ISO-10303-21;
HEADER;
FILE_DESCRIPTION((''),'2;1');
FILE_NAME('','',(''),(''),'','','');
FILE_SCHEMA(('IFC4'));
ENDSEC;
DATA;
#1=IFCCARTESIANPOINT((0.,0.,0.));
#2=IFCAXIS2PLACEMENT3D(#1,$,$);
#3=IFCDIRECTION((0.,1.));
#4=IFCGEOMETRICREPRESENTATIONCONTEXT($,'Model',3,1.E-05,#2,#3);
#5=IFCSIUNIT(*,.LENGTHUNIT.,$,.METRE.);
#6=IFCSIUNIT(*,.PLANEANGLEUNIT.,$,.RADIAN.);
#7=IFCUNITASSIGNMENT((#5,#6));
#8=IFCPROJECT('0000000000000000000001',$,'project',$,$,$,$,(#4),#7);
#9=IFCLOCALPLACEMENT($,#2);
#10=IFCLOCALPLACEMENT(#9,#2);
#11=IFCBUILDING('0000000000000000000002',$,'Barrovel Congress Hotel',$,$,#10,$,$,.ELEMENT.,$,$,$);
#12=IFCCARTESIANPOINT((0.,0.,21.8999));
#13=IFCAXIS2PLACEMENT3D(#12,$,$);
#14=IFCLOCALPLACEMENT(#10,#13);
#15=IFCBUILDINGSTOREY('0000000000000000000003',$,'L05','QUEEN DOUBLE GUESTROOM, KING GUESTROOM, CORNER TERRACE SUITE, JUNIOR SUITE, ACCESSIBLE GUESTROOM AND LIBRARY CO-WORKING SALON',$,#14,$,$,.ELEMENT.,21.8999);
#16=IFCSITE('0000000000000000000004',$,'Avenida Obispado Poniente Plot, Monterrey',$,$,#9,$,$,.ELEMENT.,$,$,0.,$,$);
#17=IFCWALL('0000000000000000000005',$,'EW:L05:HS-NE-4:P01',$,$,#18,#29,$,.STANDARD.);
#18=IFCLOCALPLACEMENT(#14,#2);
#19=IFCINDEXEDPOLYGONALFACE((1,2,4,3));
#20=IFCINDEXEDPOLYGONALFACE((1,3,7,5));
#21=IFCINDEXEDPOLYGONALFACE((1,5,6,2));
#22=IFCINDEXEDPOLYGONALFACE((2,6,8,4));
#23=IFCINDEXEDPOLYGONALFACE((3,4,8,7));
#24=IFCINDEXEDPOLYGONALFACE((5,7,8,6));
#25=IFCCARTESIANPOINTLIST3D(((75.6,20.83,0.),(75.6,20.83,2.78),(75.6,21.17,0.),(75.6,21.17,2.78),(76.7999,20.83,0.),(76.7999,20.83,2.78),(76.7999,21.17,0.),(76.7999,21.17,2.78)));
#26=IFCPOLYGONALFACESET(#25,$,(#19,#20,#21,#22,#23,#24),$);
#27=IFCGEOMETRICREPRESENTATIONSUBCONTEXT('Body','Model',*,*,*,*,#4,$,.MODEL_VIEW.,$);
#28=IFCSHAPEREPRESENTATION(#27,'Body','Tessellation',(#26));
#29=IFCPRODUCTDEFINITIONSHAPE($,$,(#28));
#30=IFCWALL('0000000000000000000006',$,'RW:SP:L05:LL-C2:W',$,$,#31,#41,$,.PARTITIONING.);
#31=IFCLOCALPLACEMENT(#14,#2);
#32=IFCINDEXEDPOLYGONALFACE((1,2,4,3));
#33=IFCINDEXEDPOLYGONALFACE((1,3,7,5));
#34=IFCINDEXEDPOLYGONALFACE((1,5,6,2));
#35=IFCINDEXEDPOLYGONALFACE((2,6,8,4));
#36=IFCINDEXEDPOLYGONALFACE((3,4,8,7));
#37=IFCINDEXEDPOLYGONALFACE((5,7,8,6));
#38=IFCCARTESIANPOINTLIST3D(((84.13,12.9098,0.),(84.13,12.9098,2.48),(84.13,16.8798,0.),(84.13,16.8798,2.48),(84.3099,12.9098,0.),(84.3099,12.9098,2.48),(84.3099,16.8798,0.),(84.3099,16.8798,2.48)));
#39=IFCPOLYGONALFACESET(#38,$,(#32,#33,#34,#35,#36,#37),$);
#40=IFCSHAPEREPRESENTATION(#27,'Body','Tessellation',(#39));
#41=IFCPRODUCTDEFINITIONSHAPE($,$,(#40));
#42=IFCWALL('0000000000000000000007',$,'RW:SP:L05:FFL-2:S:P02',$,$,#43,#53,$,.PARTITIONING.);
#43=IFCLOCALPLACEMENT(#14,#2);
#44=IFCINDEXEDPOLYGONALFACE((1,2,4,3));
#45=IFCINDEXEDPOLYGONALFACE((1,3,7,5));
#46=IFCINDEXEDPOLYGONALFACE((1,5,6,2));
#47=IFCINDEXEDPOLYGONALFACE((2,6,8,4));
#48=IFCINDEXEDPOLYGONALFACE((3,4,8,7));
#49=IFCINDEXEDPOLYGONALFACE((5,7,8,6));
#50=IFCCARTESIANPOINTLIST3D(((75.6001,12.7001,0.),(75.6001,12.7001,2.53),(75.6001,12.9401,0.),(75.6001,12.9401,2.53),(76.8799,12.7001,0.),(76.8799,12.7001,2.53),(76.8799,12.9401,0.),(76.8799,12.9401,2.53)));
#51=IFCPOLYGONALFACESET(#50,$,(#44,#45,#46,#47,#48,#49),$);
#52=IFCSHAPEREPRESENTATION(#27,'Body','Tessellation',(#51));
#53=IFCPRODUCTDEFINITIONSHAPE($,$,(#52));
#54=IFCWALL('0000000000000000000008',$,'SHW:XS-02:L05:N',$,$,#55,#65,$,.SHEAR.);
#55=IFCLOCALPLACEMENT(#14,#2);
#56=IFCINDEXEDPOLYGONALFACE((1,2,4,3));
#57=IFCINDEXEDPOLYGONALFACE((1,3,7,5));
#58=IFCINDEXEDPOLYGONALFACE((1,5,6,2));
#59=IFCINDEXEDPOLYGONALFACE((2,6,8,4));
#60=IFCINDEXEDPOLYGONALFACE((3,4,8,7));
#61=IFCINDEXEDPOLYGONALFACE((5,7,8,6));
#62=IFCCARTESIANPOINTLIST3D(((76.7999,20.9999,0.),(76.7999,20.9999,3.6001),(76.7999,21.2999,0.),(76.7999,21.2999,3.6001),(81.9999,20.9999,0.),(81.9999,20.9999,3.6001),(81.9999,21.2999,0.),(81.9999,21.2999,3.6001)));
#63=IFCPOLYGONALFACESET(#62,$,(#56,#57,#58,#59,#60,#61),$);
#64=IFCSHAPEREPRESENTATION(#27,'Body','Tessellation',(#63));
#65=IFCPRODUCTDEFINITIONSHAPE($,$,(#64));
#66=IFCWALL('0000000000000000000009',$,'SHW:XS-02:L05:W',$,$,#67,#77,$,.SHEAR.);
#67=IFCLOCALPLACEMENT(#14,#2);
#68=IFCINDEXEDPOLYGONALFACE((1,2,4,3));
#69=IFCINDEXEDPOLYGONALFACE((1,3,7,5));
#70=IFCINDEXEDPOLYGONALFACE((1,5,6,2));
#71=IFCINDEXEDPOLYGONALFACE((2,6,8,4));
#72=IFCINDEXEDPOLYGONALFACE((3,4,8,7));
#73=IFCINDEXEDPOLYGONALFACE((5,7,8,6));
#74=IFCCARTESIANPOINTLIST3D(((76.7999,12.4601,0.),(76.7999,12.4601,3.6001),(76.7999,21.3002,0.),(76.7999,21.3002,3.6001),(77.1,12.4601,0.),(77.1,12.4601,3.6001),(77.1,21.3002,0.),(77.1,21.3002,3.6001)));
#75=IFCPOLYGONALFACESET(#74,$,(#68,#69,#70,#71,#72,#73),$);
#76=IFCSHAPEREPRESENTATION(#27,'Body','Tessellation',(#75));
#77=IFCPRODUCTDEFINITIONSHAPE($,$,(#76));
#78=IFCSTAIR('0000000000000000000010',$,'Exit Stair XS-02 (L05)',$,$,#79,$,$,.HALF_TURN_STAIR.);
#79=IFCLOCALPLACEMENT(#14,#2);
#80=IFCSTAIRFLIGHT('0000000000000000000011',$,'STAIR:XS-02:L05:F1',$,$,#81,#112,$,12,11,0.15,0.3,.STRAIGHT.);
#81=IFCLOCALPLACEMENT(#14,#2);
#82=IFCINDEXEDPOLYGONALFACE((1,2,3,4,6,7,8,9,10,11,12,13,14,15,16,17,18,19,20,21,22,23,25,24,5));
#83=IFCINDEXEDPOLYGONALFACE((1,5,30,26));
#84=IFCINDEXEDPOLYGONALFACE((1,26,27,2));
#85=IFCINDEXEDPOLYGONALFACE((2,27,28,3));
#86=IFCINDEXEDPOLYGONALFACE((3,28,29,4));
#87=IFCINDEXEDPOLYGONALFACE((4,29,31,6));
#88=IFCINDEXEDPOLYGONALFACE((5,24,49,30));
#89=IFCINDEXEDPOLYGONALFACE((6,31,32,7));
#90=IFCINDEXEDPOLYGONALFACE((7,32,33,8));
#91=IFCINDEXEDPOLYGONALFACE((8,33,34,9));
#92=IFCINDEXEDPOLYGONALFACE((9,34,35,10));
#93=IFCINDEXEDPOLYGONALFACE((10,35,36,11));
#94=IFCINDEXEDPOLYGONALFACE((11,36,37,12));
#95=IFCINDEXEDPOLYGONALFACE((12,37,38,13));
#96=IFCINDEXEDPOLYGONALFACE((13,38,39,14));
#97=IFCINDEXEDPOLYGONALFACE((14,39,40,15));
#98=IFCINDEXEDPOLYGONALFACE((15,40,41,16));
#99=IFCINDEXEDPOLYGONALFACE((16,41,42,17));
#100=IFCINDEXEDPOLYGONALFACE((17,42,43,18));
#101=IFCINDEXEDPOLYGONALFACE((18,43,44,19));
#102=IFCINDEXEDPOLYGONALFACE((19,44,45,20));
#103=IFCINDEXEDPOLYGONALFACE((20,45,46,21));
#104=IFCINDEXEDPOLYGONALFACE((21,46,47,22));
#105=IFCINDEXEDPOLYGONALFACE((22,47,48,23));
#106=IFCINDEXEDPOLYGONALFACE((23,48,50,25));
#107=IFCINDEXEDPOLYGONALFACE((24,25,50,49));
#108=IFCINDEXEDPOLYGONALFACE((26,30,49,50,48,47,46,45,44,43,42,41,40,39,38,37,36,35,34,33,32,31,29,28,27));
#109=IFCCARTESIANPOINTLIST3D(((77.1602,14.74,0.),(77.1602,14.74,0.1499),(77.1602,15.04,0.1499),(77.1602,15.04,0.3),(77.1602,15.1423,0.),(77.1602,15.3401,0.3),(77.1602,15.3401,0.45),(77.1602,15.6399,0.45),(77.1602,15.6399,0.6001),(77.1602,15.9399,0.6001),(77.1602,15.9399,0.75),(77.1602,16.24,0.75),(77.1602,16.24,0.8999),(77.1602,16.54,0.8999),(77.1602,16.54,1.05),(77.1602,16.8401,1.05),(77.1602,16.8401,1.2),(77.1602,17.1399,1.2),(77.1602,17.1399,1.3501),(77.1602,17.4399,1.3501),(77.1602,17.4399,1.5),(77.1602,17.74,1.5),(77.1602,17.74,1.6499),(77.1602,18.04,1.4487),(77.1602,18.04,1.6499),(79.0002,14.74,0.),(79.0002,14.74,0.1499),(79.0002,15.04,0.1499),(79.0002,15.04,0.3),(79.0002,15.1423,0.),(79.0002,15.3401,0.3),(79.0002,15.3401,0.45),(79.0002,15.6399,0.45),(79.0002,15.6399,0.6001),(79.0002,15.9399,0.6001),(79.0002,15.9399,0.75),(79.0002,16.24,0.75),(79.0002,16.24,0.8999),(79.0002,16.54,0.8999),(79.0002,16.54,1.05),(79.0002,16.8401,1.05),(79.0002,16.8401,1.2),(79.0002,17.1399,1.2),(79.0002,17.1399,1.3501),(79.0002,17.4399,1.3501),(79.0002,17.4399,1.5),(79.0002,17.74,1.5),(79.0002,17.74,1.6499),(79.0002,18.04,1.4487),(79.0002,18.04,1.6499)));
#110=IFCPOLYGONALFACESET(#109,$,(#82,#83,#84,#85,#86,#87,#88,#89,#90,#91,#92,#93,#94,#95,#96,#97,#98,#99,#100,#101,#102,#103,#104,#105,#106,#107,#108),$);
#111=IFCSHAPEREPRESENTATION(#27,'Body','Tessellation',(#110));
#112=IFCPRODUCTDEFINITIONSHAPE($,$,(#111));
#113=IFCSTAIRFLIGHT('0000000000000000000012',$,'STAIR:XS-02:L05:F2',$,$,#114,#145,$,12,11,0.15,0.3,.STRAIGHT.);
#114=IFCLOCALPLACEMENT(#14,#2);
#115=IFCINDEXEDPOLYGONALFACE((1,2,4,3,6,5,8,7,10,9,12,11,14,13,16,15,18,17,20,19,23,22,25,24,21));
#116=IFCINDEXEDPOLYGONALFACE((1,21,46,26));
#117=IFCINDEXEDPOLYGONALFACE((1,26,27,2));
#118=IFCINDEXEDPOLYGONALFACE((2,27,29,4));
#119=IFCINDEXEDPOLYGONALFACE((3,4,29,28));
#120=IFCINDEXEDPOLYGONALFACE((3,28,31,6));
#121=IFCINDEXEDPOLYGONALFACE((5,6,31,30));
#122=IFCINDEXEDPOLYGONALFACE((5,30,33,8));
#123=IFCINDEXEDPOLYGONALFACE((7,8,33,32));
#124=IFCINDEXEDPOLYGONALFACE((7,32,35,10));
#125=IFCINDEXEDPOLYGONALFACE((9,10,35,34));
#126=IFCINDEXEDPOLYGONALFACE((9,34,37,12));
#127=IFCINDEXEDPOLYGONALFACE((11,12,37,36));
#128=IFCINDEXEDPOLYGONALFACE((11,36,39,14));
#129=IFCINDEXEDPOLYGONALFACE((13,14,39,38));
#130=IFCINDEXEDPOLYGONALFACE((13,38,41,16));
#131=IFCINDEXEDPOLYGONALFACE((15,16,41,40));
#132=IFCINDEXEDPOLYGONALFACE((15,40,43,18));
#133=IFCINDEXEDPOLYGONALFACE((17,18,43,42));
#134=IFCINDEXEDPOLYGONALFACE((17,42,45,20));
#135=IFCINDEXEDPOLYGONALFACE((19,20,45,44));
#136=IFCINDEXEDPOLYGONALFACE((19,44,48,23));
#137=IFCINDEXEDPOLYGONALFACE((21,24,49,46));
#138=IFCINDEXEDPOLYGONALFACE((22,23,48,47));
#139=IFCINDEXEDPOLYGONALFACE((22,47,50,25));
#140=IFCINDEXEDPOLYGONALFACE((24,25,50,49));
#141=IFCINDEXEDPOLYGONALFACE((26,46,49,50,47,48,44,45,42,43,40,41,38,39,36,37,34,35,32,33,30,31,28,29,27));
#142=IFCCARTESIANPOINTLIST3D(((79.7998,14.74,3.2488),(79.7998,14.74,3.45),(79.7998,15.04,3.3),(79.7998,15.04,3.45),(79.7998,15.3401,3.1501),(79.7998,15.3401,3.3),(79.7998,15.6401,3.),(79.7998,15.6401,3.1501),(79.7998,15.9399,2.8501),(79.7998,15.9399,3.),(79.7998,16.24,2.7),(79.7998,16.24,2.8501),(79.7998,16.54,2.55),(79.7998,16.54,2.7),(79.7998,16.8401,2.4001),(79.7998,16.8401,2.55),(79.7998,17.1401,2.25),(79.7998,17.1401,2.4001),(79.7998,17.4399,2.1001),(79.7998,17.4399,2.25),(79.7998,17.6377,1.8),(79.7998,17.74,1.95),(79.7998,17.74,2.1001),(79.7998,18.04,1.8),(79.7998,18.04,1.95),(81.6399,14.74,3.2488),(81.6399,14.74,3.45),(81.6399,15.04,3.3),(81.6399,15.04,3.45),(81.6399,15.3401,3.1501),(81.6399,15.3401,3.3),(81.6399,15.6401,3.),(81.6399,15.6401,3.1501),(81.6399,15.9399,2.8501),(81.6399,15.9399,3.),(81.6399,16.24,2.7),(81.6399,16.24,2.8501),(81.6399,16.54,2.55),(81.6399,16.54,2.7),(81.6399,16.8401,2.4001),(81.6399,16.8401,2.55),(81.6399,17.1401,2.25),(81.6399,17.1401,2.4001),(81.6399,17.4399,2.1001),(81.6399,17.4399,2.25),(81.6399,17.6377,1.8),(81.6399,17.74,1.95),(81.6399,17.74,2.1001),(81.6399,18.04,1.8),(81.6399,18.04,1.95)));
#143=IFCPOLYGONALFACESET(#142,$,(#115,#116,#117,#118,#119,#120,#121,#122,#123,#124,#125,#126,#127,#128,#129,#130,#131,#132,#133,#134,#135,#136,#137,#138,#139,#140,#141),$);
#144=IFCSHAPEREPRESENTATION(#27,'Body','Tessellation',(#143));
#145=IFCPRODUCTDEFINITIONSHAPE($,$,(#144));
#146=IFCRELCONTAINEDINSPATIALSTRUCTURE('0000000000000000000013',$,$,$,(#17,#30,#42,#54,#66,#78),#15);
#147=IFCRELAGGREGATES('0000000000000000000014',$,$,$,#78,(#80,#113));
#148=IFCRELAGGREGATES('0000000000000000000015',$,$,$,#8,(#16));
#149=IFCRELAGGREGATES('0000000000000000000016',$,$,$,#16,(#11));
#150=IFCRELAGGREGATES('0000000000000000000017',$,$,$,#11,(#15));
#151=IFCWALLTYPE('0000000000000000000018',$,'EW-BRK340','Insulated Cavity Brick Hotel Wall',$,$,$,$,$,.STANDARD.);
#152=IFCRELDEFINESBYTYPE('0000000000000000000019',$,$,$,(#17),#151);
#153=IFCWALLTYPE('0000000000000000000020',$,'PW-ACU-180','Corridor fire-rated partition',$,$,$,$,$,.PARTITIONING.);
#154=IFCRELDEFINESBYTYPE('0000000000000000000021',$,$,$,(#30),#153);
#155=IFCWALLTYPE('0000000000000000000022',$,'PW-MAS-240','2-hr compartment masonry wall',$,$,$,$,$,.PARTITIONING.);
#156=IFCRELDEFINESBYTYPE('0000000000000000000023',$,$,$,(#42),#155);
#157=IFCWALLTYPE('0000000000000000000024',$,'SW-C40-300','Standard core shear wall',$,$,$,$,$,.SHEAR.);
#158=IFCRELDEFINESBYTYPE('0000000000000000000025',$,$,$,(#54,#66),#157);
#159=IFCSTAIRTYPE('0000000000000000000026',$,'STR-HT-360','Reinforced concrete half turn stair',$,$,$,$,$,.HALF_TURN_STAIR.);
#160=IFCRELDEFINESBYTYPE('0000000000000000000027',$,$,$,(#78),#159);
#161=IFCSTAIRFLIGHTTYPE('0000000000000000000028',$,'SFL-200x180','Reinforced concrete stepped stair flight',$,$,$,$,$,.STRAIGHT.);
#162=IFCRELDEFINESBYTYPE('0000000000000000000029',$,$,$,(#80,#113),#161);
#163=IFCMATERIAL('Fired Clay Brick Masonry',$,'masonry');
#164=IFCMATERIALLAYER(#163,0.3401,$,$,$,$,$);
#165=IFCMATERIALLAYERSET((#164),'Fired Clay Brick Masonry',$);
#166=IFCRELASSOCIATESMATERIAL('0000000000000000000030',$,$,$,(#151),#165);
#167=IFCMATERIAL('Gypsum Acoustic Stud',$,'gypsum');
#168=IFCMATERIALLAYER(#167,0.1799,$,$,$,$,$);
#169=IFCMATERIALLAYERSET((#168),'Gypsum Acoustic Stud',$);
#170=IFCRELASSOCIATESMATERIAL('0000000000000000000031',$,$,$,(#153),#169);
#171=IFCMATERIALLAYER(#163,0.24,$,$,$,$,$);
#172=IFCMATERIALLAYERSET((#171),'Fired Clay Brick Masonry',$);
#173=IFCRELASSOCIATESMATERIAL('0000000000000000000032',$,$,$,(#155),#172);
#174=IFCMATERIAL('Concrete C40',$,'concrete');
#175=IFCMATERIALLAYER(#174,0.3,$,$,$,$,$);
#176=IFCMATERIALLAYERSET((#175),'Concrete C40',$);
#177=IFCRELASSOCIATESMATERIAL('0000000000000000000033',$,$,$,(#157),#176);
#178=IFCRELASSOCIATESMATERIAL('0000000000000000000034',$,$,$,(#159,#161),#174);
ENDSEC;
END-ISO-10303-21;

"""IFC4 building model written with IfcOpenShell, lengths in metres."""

from ifc_helpers import new_model, si_unit, direction, frame, frame_2d, origin, place, context, subcontext, project, spatial, polyline, rectangle, outline, extrude, material, layer, layer_set, type_object, element, aggregate, save


model = new_model("IFC4")

# Units and contexts
model_context = context("Model", 3, precision=1e-05, world=origin(), true_north=direction((0.0, 1.0)))
body_context = subcontext(model_context, "Body", "Model", "MODEL_VIEW")
ifc_project = project(units=[si_unit("LENGTHUNIT", "METRE"), si_unit("PLANEANGLEUNIT", "RADIAN")], contexts=[model_context])

# Site, building, storey
site_placement = place(None, origin())
site = spatial("IfcSite", under=ifc_project, at=site_placement, Name="Avenida Obispado Poniente Plot, Monterrey", CompositionType="ELEMENT", RefElevation=0.0)
building_placement = place(site_placement, origin())
building = spatial("IfcBuilding", under=site, at=building_placement, Name="Barrovel Congress Hotel", CompositionType="ELEMENT")
storey_placement = place(building_placement, frame((0.0, 0.0, 21.8999)))
storey = spatial("IfcBuildingStorey", under=building, at=storey_placement, Name="L05", Description="QUEEN DOUBLE GUESTROOM, KING GUESTROOM, CORNER TERRACE SUITE, JUNIOR SUITE, ACCESSIBLE GUESTROOM AND LIBRARY CO-WORKING SALON", CompositionType="ELEMENT", Elevation=21.8999)

# Shared definitions
ifc_material_1 = material(Name="Concrete C40", Category="concrete")

# Shared definitions
ifc_material_2 = material(Name="Fired Clay Brick Masonry", Category="masonry")
ifc_layer_1 = layer(ifc_material_2, 0.3401)
ifc_layer_set_1 = layer_set([ifc_layer_1], Name="Fired Clay Brick Masonry")
wall_type_1 = type_object("IfcWallType", Name="EW-BRK340", Description="Insulated Cavity Brick Hotel Wall", PredefinedType="STANDARD", material=ifc_layer_set_1)

# Wall
wall_1_placement = place(storey_placement, frame((76.8, 21.0, 0.0), z_axis=(0.0, 0.0, 1.0), x_axis=(-1.0, 0.0, 0.0)))
element("IfcWall", 1, at=wall_1_placement, inside=storey, type_object=wall_type_1, Name="EW:L05:HS-NE-4:P01", PredefinedType="STANDARD", context=body_context, shape_type="SweptSolid", body=[
    extrude(rectangle(XDim=1.2, YDim=0.3401, at=frame_2d((0.6001, 0.0))), origin(), (0.0, 0.0, 1.0), 2.78),
])

# Shared definitions
ifc_material_3 = material(Name="Gypsum Acoustic Stud", Category="gypsum")
ifc_layer_2 = layer(ifc_material_3, 0.1799)
ifc_layer_set_2 = layer_set([ifc_layer_2], Name="Gypsum Acoustic Stud")
wall_type_2 = type_object("IfcWallType", Name="PW-ACU-180", Description="Corridor fire-rated partition", PredefinedType="PARTITIONING", material=ifc_layer_set_2)

# Walls
wall_2_placement = place(storey_placement, frame((84.22, 12.9099, 0.0), z_axis=(0.0, 0.0, 1.0), x_axis=(0.0, 1.0, 0.0)))
element("IfcWall", 2, at=wall_2_placement, inside=storey, type_object=wall_type_2, Name="RW:SP:L05:LL-C2:W", PredefinedType="PARTITIONING", context=body_context, shape_type="SweptSolid", body=[
    extrude(rectangle(XDim=3.97, YDim=0.1799, at=frame_2d((1.9849, 0.0))), origin(), (0.0, 0.0, 1.0), 2.48),
])
ifc_layer_3 = layer(ifc_material_2, 0.24)
ifc_layer_set_3 = layer_set([ifc_layer_3], Name="Fired Clay Brick Masonry")
wall_type_3 = type_object("IfcWallType", Name="PW-MAS-240", Description="2-hr compartment masonry wall", PredefinedType="PARTITIONING", material=ifc_layer_set_3)
wall_3_placement = place(storey_placement, frame((75.6001, 12.8201, 0.0), z_axis=(0.0, 0.0, 1.0), x_axis=(1.0, 0.0, 0.0)))
element("IfcWall", 3, at=wall_3_placement, inside=storey, type_object=wall_type_3, Name="RW:SP:L05:FFL-2:S:P02", PredefinedType="PARTITIONING", context=body_context, shape_type="SweptSolid", body=[
    extrude(rectangle(XDim=1.2798, YDim=0.24, at=frame_2d((0.6399, 0.0))), origin(), (0.0, 0.0, 1.0), 2.53),
])

# Shared definitions
ifc_layer_4 = layer(ifc_material_1, 0.3)
ifc_layer_set_4 = layer_set([ifc_layer_4], Name="Concrete C40")
wall_type_4 = type_object("IfcWallType", Name="SW-C40-300", Description="Standard core shear wall", PredefinedType="SHEAR", material=ifc_layer_set_4)

# Walls
wall_4_placement = place(storey_placement, frame((82.0, 21.1499, 0.0), z_axis=(0.0, 0.0, 1.0), x_axis=(-1.0, 0.0, 0.0)))
element("IfcWall", 4, at=wall_4_placement, inside=storey, type_object=wall_type_4, Name="SHW:XS-02:L05:N", PredefinedType="SHEAR", context=body_context, shape_type="SweptSolid", body=[
    extrude(rectangle(XDim=5.2, YDim=0.3, at=frame_2d((2.6001, 0.0))), origin(), (0.0, 0.0, 1.0), 3.6001),
])
wall_5_placement = place(storey_placement, frame((76.95, 21.3, 0.0), z_axis=(0.0, 0.0, 1.0), x_axis=(0.0, -1.0, 0.0)))
element("IfcWall", 5, at=wall_5_placement, inside=storey, type_object=wall_type_4, Name="SHW:XS-02:L05:W", PredefinedType="SHEAR", context=body_context, shape_type="SweptSolid", body=[
    extrude(rectangle(XDim=8.8401, YDim=0.3, at=frame_2d((4.4199, 0.0))), origin(), (0.0, 0.0, 1.0), 3.6001),
])

# Stair, stair flights
stair_type = type_object("IfcStairType", Name="STR-HT-360", Description="Reinforced concrete half turn stair", PredefinedType="HALF_TURN_STAIR", material=ifc_material_1)
stair_placement = place(storey_placement, origin())
stair = element("IfcStair", 6, at=stair_placement, inside=storey, type_object=stair_type, Name="Exit Stair XS-02 (L05)", PredefinedType="HALF_TURN_STAIR")
stair_flight_type = type_object("IfcStairFlightType", Name="SFL-200x180", Description="Reinforced concrete stepped stair flight", PredefinedType="STRAIGHT", material=ifc_material_1)
stair_flight_1_placement = place(storey_placement, frame((78.0801, 14.74, 0.0), z_axis=(0.0, 0.0, 1.0), x_axis=(0.0, 1.0, 0.0)))
stair_flight_1 = element("IfcStairFlight", 7, at=stair_flight_1_placement, type_object=stair_flight_type, Name="STAIR:XS-02:L05:F1", NumberOfRisers=12, NumberOfTreads=11, PredefinedType="STRAIGHT", RiserHeight=0.15, TreadLength=0.3, context=body_context, shape_type="SweptSolid", body=[
    extrude(outline(polyline([(0.0, 0.0), (0.0, 0.1499), (0.3, 0.1499), (0.3, 0.3), (0.6001, 0.3), (0.6001, 0.45), (0.8999, 0.45), (0.8999, 0.6001), (1.2, 0.6001), (1.2, 0.75), (1.5, 0.75), (1.5, 0.8999), (1.8, 0.8999), (1.8, 1.05), (2.1001, 1.05), (2.1001, 1.2), (2.3999, 1.2), (2.3999, 1.3501), (2.7, 1.3501), (2.7, 1.5), (3.0, 1.5), (3.0, 1.6499), (3.3, 1.6499), (3.3, 1.8), (3.3, 1.4487), (0.4023, 0.0), (0.0, 0.0)])), frame((0.0, 0.9199, 0.0), z_axis=(0.0, -1.0, 0.0), x_axis=(1.0, 0.0, 0.0)), (0.0, 0.0, 1.0), 1.8401),
])
stair_flight_2_placement = place(storey_placement, frame((80.72, 18.04, 1.8), z_axis=(0.0, 0.0, 1.0), x_axis=(0.0, -1.0, 0.0)))
stair_flight_2 = element("IfcStairFlight", 8, at=stair_flight_2_placement, type_object=stair_flight_type, Name="STAIR:XS-02:L05:F2", NumberOfRisers=12, NumberOfTreads=11, PredefinedType="STRAIGHT", RiserHeight=0.15, TreadLength=0.3, context=body_context, shape_type="SweptSolid", body=[
    extrude(outline(polyline([(0.0, 0.0), (0.0, 0.1499), (0.3, 0.1499), (0.3, 0.3), (0.6001, 0.3), (0.6001, 0.45), (0.8999, 0.45), (0.8999, 0.6001), (1.2, 0.6001), (1.2, 0.75), (1.5, 0.75), (1.5, 0.8999), (1.8, 0.8999), (1.8, 1.05), (2.1001, 1.05), (2.1001, 1.2), (2.3999, 1.2), (2.3999, 1.3501), (2.7, 1.3501), (2.7, 1.5), (3.0, 1.5), (3.0, 1.6499), (3.3, 1.6499), (3.3, 1.8), (3.3, 1.4487), (0.4023, 0.0), (0.0, 0.0)])), frame((0.0, 0.9199, 0.0), z_axis=(0.0, -1.0, 0.0), x_axis=(1.0, 0.0, 0.0)), (0.0, 0.0, 1.0), 1.8401),
])
aggregate(stair, [stair_flight_1, stair_flight_2])

save(model, "model.ifc")
